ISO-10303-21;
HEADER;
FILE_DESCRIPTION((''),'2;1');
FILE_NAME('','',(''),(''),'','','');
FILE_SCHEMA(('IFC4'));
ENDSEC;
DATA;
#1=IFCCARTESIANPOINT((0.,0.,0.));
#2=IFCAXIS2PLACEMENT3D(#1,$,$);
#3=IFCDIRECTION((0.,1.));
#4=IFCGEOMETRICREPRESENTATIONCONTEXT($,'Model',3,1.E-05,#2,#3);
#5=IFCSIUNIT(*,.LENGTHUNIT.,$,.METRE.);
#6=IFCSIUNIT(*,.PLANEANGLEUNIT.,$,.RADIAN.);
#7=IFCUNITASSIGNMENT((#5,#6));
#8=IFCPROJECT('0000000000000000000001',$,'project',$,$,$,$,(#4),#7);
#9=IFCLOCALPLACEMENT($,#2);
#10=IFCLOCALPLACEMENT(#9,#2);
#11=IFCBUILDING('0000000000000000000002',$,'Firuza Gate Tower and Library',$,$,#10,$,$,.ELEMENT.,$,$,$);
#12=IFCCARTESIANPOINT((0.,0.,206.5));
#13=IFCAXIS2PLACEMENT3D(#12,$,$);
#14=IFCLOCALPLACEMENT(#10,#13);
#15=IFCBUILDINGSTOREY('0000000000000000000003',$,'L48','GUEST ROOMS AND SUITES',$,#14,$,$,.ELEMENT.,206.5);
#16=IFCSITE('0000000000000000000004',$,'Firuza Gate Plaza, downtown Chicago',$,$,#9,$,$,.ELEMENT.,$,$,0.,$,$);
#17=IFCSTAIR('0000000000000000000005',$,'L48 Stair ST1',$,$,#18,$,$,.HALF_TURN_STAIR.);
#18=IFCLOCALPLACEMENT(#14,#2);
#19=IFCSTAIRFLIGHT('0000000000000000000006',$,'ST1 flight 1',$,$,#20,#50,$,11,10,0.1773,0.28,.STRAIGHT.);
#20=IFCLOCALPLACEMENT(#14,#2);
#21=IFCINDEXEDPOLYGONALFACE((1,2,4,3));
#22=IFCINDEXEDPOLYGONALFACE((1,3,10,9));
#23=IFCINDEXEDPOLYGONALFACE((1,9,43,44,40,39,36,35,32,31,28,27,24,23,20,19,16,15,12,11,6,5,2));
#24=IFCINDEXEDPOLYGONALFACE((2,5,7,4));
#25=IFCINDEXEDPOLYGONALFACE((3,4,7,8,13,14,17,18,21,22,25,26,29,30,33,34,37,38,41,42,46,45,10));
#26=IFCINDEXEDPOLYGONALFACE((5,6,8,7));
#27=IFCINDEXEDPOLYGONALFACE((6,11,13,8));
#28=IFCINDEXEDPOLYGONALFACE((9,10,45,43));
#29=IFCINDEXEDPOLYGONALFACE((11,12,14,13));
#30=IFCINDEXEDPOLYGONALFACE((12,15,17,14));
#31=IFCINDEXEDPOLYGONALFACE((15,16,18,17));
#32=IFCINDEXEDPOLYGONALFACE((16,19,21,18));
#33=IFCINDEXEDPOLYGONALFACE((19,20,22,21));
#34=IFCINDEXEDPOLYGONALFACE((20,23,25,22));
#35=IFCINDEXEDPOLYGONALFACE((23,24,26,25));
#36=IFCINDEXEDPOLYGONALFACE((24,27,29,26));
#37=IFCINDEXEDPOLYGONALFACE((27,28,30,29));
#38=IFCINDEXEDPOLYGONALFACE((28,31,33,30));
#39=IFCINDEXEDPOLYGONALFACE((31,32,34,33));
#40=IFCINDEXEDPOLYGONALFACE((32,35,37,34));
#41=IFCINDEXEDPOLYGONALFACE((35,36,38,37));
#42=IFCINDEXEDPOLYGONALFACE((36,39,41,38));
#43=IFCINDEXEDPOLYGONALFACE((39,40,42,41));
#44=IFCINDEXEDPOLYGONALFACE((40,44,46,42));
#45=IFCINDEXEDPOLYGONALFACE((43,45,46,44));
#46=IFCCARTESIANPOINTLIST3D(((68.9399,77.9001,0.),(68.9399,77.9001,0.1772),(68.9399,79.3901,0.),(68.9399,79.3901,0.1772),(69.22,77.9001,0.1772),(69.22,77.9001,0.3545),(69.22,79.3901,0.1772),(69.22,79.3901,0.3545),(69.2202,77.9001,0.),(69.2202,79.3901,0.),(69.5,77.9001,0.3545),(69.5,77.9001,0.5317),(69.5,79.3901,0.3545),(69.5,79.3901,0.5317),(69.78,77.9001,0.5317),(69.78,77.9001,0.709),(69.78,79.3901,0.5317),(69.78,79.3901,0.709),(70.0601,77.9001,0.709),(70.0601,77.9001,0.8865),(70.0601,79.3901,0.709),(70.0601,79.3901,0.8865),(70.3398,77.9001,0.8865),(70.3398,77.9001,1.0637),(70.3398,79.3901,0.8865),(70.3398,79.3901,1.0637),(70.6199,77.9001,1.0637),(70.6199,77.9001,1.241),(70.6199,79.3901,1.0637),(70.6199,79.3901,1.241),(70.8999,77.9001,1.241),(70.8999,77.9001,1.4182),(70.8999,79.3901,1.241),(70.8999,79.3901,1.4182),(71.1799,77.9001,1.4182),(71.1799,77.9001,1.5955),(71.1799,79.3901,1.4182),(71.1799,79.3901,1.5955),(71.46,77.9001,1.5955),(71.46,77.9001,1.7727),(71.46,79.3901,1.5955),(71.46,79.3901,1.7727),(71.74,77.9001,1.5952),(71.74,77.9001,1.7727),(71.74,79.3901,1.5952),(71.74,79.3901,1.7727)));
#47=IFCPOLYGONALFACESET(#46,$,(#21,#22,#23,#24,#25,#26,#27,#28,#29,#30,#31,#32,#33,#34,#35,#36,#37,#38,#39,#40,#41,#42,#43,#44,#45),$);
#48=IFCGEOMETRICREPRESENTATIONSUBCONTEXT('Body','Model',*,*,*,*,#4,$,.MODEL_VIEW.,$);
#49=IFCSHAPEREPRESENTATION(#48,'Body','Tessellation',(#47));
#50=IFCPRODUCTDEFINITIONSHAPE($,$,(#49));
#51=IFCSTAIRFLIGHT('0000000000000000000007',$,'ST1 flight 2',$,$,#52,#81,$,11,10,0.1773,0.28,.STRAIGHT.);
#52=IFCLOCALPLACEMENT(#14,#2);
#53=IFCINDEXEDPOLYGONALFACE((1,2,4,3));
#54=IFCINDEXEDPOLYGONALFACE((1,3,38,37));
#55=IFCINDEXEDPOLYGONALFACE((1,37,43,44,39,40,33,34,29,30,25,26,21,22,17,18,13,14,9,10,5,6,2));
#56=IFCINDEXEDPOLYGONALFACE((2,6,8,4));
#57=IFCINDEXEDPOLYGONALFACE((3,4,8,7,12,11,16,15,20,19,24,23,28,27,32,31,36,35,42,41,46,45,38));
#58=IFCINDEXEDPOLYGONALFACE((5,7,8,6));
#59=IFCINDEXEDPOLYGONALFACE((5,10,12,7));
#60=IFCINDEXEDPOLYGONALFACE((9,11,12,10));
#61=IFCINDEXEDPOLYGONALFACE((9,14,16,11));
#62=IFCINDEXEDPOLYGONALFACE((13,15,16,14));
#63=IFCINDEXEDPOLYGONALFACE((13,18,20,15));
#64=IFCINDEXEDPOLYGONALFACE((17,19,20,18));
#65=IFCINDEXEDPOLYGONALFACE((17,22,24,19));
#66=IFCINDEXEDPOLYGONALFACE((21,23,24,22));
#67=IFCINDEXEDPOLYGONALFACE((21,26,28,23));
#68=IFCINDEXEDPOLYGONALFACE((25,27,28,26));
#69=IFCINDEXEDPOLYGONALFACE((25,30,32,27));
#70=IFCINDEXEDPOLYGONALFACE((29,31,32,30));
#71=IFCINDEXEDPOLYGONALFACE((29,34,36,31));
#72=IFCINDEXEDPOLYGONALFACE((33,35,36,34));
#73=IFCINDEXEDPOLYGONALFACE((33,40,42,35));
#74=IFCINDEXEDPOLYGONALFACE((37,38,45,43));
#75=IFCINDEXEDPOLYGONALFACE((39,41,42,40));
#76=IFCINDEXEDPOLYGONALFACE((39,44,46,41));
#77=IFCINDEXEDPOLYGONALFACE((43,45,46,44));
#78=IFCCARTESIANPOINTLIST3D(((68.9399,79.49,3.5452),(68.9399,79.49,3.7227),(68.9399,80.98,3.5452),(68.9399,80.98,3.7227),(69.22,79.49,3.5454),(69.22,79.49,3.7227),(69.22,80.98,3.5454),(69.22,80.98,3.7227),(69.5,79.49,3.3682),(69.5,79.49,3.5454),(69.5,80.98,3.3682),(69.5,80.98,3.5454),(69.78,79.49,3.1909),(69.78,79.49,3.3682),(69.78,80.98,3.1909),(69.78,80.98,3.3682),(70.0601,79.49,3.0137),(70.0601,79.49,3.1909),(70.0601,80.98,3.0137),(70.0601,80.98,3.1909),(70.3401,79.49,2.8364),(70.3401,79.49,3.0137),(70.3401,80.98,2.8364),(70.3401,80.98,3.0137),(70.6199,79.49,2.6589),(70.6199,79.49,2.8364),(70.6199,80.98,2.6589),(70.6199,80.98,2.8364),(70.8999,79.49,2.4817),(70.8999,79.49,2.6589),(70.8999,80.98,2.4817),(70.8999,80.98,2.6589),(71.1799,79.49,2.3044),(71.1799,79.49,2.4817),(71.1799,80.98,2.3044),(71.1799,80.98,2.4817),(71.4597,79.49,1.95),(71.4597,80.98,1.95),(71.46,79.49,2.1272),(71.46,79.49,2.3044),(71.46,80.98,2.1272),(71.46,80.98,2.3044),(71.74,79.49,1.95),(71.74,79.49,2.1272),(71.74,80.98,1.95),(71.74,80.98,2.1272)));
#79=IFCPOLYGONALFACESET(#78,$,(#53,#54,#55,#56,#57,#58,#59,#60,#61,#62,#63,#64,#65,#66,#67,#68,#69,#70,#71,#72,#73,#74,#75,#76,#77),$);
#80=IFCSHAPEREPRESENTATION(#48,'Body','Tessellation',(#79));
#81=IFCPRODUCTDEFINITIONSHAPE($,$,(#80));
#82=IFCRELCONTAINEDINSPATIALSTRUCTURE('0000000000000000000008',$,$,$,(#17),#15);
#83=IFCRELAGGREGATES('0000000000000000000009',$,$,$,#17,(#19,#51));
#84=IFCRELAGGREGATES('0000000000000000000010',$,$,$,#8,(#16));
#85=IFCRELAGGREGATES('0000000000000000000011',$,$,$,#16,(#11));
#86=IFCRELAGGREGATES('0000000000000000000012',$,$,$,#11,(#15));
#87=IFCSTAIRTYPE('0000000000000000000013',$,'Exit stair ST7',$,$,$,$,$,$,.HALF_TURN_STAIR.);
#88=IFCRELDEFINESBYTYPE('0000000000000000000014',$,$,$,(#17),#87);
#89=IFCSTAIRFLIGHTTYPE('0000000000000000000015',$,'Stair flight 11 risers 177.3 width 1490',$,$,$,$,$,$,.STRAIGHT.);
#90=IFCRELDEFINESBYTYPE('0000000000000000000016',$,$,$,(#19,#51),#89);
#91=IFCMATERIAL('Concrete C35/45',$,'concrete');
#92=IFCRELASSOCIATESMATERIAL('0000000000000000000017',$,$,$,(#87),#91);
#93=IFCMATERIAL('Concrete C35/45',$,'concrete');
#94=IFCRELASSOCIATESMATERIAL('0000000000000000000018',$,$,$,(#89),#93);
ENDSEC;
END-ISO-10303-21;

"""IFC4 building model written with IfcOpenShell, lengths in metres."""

from ifc_helpers import new_model, si_unit, direction, frame, origin, place, context, subcontext, project, spatial, polyline, outline, extrude, material, type_object, element, aggregate, save


model = new_model("IFC4")

# Units and contexts
model_context = context("Model", 3, precision=1e-05, world=origin(), true_north=direction((0.0, 1.0)))
body_context = subcontext(model_context, "Body", "Model", "MODEL_VIEW")
ifc_project = project(units=[si_unit("LENGTHUNIT", "METRE"), si_unit("PLANEANGLEUNIT", "RADIAN")], contexts=[model_context])

# Site, building, storey
site_placement = place(None, origin())
site = spatial("IfcSite", under=ifc_project, at=site_placement, Name="Firuza Gate Plaza, downtown Chicago", CompositionType="ELEMENT", RefElevation=0.0)
building_placement = place(site_placement, origin())
building = spatial("IfcBuilding", under=site, at=building_placement, Name="Firuza Gate Tower and Library", CompositionType="ELEMENT")
storey_placement = place(building_placement, frame((0.0, 0.0, 206.5)))
storey = spatial("IfcBuildingStorey", under=building, at=storey_placement, Name="L48", Description="GUEST ROOMS AND SUITES", CompositionType="ELEMENT", Elevation=206.5)

# Stair, stair flights
ifc_material_1 = material(Name="Concrete C35/45", Category="concrete")
stair_type = type_object("IfcStairType", Name="Exit stair ST7", PredefinedType="HALF_TURN_STAIR", material=ifc_material_1)
stair_placement = place(storey_placement, origin())
stair = element("IfcStair", 1, at=stair_placement, inside=storey, type_object=stair_type, Name="L48 Stair ST1", PredefinedType="HALF_TURN_STAIR")
ifc_material_2 = material(Name="Concrete C35/45", Category="concrete")
stair_flight_type = type_object("IfcStairFlightType", Name="Stair flight 11 risers 177.3 width 1490", PredefinedType="STRAIGHT", material=ifc_material_2)
stair_flight_1_placement = place(storey_placement, frame((68.9399, 78.645, 0.0), z_axis=(0.0, 0.0, 1.0), x_axis=(1.0, 0.0, 0.0)))
stair_flight_1 = element("IfcStairFlight", 2, at=stair_flight_1_placement, type_object=stair_flight_type, Name="ST1 flight 1", NumberOfRisers=11, NumberOfTreads=10, PredefinedType="STRAIGHT", RiserHeight=0.1773, TreadLength=0.28, context=body_context, shape_type="SweptSolid", body=[
    extrude(outline(polyline([(0.0, 0.0), (0.0, 0.1772), (0.28, 0.1772), (0.28, 0.3545), (0.5601, 0.3545), (0.5601, 0.5317), (0.8401, 0.5317), (0.8401, 0.709), (1.1201, 0.709), (1.1201, 0.8865), (1.3999, 0.8865), (1.3999, 1.0637), (1.6799, 1.0637), (1.6799, 1.241), (1.96, 1.241), (1.96, 1.4182), (2.24, 1.4182), (2.24, 1.5955), (2.52, 1.5955), (2.52, 1.7727), (2.8, 1.7727), (2.8, 1.95), (2.8, 1.5952), (0.2803, 0.0), (0.0, 0.0)])), frame((0.0, 0.7451, 0.0), z_axis=(0.0, -1.0, 0.0), x_axis=(1.0, 0.0, 0.0)), (0.0, 0.0, 1.0), 1.49),
])
stair_flight_2_placement = place(storey_placement, frame((71.74, 80.2351, 1.95), z_axis=(0.0, 0.0, 1.0), x_axis=(-1.0, 0.0, 0.0)))
stair_flight_2 = element("IfcStairFlight", 3, at=stair_flight_2_placement, type_object=stair_flight_type, Name="ST1 flight 2", NumberOfRisers=11, NumberOfTreads=10, PredefinedType="STRAIGHT", RiserHeight=0.1773, TreadLength=0.28, context=body_context, shape_type="SweptSolid", body=[
    extrude(outline(polyline([(0.0, 0.0), (0.0, 0.1772), (0.28, 0.1772), (0.28, 0.3545), (0.5601, 0.3545), (0.5601, 0.5317), (0.8401, 0.5317), (0.8401, 0.709), (1.1201, 0.709), (1.1201, 0.8865), (1.3999, 0.8865), (1.3999, 1.0637), (1.6799, 1.0637), (1.6799, 1.241), (1.96, 1.241), (1.96, 1.4182), (2.24, 1.4182), (2.24, 1.5955), (2.52, 1.5955), (2.52, 1.7727), (2.8, 1.7727), (2.8, 1.95), (2.8, 1.5952), (0.2803, 0.0), (0.0, 0.0)])), frame((0.0, 0.7451, 0.0), z_axis=(0.0, -1.0, 0.0), x_axis=(1.0, 0.0, 0.0)), (0.0, 0.0, 1.0), 1.49),
])
aggregate(stair, [stair_flight_1, stair_flight_2])

save(model, "model.ifc")
